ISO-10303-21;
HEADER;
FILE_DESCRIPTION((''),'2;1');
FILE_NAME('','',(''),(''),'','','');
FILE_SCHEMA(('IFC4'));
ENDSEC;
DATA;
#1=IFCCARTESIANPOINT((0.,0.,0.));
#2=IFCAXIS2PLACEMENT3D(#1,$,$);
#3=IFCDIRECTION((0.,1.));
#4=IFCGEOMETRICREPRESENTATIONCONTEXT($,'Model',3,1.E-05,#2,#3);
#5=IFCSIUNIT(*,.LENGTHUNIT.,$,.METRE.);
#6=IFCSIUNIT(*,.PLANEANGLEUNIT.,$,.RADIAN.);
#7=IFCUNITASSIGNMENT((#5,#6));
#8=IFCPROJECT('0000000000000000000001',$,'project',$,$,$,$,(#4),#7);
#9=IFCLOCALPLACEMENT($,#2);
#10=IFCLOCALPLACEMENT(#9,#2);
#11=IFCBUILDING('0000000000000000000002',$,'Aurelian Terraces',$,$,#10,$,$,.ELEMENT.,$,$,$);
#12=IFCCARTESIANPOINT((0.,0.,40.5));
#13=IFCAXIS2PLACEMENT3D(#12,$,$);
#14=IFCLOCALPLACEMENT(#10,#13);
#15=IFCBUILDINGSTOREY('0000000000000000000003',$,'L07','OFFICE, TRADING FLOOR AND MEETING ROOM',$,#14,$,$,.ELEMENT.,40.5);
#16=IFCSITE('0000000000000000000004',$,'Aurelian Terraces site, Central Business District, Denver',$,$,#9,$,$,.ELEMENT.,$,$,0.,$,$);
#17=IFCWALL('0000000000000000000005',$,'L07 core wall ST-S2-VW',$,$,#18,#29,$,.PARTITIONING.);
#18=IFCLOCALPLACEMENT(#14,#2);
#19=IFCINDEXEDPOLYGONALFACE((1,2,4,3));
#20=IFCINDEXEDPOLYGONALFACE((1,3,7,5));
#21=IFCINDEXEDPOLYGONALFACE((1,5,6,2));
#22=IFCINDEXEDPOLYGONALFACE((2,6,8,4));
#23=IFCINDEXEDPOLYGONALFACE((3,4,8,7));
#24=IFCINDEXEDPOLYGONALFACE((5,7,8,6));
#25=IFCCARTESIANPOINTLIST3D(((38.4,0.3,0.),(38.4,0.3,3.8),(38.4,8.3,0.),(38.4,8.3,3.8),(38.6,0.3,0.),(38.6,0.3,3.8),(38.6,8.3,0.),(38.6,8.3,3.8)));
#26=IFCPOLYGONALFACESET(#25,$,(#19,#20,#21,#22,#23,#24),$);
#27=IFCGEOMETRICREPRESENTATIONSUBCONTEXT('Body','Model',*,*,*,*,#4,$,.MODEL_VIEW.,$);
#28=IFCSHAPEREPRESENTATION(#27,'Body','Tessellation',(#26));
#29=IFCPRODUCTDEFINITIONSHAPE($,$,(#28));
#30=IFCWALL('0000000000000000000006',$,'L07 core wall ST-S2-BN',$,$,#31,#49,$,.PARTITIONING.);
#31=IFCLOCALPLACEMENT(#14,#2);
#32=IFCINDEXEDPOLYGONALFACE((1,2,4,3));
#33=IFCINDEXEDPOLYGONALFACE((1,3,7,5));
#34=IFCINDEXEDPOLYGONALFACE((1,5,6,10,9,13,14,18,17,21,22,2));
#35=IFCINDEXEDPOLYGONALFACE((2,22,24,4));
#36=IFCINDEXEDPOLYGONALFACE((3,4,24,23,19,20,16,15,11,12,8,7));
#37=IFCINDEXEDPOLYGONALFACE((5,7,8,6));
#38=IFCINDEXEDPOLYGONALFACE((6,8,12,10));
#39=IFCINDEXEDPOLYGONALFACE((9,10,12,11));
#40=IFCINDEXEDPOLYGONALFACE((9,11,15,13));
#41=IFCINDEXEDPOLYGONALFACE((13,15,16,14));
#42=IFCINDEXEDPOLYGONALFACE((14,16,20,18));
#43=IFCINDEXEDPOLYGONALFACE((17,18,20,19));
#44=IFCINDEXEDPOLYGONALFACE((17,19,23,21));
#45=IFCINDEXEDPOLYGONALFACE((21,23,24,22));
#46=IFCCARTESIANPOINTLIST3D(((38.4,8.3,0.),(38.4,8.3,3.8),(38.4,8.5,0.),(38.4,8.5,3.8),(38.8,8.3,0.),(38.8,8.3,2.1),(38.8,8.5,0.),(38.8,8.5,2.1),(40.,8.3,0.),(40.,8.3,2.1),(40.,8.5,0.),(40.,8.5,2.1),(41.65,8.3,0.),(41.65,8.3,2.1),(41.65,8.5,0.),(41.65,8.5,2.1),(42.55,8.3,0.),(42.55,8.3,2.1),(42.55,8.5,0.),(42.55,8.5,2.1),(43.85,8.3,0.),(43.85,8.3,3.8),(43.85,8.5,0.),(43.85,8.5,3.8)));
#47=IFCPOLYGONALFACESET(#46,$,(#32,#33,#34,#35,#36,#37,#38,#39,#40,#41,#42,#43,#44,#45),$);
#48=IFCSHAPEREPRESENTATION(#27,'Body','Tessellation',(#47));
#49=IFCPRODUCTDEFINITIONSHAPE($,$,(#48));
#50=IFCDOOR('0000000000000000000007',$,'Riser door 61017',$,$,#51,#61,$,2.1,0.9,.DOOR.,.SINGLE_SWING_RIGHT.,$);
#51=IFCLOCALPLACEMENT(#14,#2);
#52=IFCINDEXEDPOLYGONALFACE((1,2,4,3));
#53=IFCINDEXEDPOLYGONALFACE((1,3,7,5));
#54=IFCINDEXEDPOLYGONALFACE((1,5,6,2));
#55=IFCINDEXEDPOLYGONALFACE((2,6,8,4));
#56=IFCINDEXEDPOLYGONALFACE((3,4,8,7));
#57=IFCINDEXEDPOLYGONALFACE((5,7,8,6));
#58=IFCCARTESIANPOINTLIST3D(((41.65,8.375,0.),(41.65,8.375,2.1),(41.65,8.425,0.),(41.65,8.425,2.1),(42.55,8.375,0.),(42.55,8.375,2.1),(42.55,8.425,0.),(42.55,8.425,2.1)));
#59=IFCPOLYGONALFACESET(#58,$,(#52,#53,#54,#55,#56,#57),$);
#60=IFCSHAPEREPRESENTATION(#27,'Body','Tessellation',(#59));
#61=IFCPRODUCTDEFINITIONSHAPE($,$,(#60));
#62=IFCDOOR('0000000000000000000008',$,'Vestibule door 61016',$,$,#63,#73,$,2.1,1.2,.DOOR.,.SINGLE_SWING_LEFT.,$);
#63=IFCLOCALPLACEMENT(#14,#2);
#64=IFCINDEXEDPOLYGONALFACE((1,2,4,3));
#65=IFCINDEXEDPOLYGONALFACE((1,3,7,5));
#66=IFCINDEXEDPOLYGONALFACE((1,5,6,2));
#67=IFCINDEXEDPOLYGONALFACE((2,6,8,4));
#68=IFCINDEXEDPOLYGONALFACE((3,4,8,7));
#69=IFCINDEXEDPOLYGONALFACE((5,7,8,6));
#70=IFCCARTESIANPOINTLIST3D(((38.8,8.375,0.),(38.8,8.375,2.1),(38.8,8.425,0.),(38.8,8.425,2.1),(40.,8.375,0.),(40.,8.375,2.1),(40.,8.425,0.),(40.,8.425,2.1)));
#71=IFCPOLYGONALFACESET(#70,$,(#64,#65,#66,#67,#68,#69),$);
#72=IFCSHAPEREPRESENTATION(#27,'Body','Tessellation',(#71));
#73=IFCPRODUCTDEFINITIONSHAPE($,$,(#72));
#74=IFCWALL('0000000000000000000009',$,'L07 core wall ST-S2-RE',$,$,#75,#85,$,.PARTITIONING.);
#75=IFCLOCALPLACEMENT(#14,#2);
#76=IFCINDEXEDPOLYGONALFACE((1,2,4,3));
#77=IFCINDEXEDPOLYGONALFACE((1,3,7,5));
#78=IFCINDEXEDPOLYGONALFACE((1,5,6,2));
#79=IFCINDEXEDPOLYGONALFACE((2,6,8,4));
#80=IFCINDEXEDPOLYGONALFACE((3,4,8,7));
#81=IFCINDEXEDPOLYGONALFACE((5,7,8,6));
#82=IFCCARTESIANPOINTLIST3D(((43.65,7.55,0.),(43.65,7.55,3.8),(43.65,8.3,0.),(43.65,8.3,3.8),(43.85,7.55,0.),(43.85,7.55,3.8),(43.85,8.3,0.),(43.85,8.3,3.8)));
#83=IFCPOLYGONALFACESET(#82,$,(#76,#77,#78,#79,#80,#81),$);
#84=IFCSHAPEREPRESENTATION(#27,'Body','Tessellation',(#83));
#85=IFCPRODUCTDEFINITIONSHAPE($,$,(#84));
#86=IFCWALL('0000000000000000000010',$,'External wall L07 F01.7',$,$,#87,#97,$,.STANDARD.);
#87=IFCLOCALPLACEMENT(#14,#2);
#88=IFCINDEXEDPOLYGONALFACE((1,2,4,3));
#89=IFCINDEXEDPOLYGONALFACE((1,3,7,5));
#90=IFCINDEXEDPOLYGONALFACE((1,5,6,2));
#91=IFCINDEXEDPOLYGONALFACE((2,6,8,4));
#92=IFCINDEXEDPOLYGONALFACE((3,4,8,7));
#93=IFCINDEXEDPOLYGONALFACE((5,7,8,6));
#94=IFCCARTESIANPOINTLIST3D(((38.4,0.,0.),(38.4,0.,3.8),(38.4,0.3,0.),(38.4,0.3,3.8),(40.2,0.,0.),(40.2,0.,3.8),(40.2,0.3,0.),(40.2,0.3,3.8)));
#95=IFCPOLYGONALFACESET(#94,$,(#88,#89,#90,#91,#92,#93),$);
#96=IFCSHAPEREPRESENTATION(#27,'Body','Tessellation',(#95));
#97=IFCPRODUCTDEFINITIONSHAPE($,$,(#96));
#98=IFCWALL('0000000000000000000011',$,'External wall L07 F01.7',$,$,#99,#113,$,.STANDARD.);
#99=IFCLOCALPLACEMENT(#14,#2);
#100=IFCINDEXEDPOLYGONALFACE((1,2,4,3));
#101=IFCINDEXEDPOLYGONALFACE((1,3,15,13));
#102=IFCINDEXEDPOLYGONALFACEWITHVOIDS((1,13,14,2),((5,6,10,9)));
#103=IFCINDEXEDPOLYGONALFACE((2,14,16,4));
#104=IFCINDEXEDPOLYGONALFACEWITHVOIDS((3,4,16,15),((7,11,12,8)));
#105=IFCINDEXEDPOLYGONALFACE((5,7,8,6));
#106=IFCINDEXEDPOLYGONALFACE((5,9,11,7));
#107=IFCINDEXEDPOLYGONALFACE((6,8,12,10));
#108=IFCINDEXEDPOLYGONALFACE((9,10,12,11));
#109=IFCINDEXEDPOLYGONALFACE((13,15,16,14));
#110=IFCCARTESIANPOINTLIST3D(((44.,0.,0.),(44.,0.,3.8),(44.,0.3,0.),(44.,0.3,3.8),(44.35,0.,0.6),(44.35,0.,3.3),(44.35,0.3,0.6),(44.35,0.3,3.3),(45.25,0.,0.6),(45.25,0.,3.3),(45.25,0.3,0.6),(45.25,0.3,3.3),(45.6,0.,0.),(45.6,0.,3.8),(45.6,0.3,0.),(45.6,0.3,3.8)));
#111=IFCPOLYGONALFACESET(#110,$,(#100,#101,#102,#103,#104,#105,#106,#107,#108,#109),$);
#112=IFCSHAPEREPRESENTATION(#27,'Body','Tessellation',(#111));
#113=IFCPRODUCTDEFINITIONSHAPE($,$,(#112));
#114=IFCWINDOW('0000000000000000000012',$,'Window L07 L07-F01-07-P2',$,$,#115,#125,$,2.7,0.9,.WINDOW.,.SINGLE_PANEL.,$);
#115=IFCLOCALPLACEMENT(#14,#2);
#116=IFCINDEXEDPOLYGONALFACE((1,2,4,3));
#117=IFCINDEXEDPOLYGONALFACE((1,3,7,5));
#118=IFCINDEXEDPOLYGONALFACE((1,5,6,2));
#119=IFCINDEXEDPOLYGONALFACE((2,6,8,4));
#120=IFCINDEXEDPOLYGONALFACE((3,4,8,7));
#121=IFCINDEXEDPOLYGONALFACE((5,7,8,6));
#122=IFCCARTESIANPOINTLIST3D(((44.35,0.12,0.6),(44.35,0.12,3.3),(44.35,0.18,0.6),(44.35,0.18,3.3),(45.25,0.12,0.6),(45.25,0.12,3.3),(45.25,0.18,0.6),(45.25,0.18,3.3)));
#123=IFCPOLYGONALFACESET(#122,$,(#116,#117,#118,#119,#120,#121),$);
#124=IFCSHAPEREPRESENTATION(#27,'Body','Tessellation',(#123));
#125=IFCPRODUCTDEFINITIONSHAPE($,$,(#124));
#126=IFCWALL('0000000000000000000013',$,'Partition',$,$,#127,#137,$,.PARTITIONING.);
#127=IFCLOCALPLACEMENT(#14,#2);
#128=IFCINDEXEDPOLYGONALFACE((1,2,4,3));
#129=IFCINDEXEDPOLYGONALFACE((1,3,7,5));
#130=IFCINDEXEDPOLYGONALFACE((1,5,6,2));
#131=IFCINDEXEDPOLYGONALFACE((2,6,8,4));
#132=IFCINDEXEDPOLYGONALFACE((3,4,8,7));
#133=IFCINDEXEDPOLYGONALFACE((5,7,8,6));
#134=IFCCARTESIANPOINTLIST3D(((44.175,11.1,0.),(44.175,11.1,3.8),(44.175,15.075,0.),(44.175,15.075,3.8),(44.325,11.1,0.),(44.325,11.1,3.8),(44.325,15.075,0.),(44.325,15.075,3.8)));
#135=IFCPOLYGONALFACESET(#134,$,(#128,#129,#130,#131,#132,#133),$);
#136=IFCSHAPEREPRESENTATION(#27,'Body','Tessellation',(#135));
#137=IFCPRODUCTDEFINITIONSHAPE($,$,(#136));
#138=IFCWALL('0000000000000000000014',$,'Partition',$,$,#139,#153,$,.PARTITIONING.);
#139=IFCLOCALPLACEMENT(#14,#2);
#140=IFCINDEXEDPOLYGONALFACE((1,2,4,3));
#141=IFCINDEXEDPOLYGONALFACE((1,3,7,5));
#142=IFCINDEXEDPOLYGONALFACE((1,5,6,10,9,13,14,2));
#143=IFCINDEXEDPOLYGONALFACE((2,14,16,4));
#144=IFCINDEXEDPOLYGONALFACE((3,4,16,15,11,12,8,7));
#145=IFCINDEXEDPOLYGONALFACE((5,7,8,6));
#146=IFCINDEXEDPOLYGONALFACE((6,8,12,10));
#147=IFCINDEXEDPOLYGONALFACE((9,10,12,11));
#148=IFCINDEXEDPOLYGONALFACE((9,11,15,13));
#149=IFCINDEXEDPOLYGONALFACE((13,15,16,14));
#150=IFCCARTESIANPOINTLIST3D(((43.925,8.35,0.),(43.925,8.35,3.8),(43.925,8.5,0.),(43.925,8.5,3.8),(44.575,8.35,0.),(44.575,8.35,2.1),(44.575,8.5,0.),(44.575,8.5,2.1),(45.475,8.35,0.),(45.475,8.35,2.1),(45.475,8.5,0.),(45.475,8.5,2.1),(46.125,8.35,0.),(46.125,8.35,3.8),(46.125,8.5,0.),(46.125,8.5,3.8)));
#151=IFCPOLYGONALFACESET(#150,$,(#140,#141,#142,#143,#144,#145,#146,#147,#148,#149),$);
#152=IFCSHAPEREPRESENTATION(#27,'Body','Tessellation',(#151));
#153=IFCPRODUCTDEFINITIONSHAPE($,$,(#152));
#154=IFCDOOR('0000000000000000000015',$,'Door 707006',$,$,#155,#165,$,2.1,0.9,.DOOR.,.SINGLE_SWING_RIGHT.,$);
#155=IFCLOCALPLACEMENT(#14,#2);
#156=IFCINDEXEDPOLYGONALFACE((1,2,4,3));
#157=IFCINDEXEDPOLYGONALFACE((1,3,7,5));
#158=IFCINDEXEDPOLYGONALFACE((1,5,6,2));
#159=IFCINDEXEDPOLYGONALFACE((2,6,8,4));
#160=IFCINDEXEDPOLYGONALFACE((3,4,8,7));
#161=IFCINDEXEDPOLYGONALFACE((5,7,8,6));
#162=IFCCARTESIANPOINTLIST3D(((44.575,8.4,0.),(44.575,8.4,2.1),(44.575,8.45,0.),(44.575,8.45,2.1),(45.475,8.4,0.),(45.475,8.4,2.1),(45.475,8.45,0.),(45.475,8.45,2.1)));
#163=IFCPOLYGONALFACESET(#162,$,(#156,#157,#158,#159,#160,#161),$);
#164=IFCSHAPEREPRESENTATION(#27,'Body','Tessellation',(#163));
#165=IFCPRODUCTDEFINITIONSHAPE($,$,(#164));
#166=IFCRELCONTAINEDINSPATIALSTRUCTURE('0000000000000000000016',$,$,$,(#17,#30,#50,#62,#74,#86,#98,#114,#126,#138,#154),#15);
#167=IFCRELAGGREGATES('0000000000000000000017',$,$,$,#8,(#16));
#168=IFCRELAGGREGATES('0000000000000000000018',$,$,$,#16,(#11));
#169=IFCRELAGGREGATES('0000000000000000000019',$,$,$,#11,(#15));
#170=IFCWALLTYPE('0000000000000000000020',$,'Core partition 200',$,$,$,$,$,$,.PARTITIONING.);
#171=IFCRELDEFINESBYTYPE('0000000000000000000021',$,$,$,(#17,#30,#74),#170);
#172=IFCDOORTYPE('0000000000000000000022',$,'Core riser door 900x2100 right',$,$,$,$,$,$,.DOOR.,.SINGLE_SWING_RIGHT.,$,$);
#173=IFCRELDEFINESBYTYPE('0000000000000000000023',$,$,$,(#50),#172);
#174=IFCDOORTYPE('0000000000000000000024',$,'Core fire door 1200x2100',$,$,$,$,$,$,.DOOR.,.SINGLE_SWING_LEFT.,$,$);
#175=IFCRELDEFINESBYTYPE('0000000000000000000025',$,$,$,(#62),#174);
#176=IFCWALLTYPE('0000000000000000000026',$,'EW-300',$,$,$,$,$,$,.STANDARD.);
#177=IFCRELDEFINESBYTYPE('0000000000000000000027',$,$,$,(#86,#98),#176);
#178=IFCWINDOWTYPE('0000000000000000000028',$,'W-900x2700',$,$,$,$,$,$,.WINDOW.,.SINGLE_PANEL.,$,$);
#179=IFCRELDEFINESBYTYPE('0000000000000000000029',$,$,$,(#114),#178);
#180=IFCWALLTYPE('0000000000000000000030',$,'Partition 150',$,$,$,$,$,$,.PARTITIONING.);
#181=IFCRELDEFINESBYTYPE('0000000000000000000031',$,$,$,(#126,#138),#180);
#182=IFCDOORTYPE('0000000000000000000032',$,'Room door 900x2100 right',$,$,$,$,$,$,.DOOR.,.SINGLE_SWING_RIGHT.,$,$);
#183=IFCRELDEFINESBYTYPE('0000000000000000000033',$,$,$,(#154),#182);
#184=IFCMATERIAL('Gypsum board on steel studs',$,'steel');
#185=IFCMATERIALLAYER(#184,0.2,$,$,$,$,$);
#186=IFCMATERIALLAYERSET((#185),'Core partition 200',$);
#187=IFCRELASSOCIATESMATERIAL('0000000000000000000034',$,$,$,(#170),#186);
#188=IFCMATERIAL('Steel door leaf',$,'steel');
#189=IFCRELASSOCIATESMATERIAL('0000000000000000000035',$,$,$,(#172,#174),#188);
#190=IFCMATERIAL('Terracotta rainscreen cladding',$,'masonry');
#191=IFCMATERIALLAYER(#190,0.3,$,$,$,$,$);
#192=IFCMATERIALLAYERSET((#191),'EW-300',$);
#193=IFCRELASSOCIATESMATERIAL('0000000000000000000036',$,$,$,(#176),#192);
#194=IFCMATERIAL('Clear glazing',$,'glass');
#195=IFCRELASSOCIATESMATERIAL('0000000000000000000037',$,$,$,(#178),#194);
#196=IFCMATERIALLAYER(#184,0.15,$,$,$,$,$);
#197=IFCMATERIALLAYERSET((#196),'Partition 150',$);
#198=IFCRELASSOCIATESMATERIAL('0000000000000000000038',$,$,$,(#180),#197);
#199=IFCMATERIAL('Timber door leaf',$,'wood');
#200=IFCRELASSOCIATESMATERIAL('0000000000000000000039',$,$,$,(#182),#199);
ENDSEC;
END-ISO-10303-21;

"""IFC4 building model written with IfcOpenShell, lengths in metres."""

from ifc_helpers import new_model, si_unit, direction, frame, frame_2d, origin, place, context, subcontext, project, spatial, rectangle, extrude, source, transform, mapped, material, layer, layer_set, type_object, element, fill, save


model = new_model("IFC4")

# Units and contexts
model_context = context("Model", 3, precision=1e-05, world=origin(), true_north=direction((0.0, 1.0)))
body_context = subcontext(model_context, "Body", "Model", "MODEL_VIEW")
ifc_project = project(units=[si_unit("LENGTHUNIT", "METRE"), si_unit("PLANEANGLEUNIT", "RADIAN")], contexts=[model_context])

# Site, building, storey
site_placement = place(None, origin())
site = spatial("IfcSite", under=ifc_project, at=site_placement, Name="Aurelian Terraces site, Central Business District, Denver", CompositionType="ELEMENT", RefElevation=0.0)
building_placement = place(site_placement, origin())
building = spatial("IfcBuilding", under=site, at=building_placement, Name="Aurelian Terraces", CompositionType="ELEMENT")
storey_placement = place(building_placement, frame((0.0, 0.0, 40.5)))
storey = spatial("IfcBuildingStorey", under=building, at=storey_placement, Name="L07", Description="OFFICE, TRADING FLOOR AND MEETING ROOM", CompositionType="ELEMENT", Elevation=40.5)

# Wall
ifc_material_1 = material(Name="Gypsum board on steel studs", Category="steel")
ifc_layer_1 = layer(ifc_material_1, 0.2)
ifc_layer_set_1 = layer_set([ifc_layer_1], Name="Core partition 200")
wall_type_1 = type_object("IfcWallType", Name="Core partition 200", PredefinedType="PARTITIONING", material=ifc_layer_set_1)
wall_1_placement = place(storey_placement, frame((38.5, 0.3, 0.0), z_axis=(0.0, 0.0, 1.0), x_axis=(0.0, 1.0, 0.0)))
element("IfcWall", 1, at=wall_1_placement, inside=storey, type_object=wall_type_1, Name="L07 core wall ST-S2-VW", PredefinedType="PARTITIONING", context=body_context, shape_type="SweptSolid", body=[
    extrude(rectangle(XDim=8.0, YDim=0.2, at=frame_2d((4.0, 0.0))), origin(), (0.0, 0.0, 1.0), 3.8),
])

# Wall, openings, doors
wall_2_placement = place(storey_placement, frame((38.4, 8.4, 0.0), z_axis=(0.0, 0.0, 1.0), x_axis=(1.0, 0.0, 0.0)))
wall_2 = element("IfcWall", 2, at=wall_2_placement, inside=storey, type_object=wall_type_1, Name="L07 core wall ST-S2-BN", PredefinedType="PARTITIONING", context=body_context, shape_type="SweptSolid", body=[
    extrude(rectangle(XDim=5.45, YDim=0.2, at=frame_2d((2.725, 0.0))), origin(), (0.0, 0.0, 1.0), 3.8),
])
shared_shape_1 = source(origin(), body_context, "Body", "SweptSolid", [
    extrude(rectangle(XDim=1.2, YDim=2.1, at=frame_2d((0.6, 1.05))), frame((0.0, 0.11, 0.0), z_axis=(0.0, -1.0, 0.0), x_axis=(1.0, 0.0, 0.0)), (0.0, 0.0, 1.0), 0.22),
])
opening_1_placement = place(wall_2_placement, frame((0.4, 0.0, 0.0)))
opening_1 = element("IfcOpeningElement", 3, at=opening_1_placement, cuts=wall_2, PredefinedType="OPENING", context=body_context, shape_type="MappedRepresentation", body=[
    mapped(shared_shape_1, transform((0.0, 0.0, 0.0), scale=1.0)),
])
shared_shape_2 = source(origin(), body_context, "Body", "SweptSolid", [
    extrude(rectangle(XDim=0.9, YDim=2.1, at=frame_2d((0.45, 1.05))), frame((0.0, 0.11, 0.0), z_axis=(0.0, -1.0, 0.0), x_axis=(1.0, 0.0, 0.0)), (0.0, 0.0, 1.0), 0.22),
])
opening_2_placement = place(wall_2_placement, frame((3.25, 0.0, 0.0)))
opening_2 = element("IfcOpeningElement", 4, at=opening_2_placement, cuts=wall_2, PredefinedType="OPENING", context=body_context, shape_type="MappedRepresentation", body=[
    mapped(shared_shape_2, transform((0.0, 0.0, 0.0), scale=1.0)),
])
ifc_material_2 = material(Name="Steel door leaf", Category="steel")
door_type_1 = type_object("IfcDoorType", Name="Core riser door 900x2100 right", OperationType="SINGLE_SWING_RIGHT", PredefinedType="DOOR", material=ifc_material_2)
shared_shape_3 = source(origin(), body_context, "Body", "SweptSolid", [
    extrude(rectangle(XDim=0.9, YDim=2.1, at=frame_2d((0.45, 1.05))), frame((0.0, 0.025, 0.0), z_axis=(0.0, -1.0, 0.0), x_axis=(1.0, 0.0, 0.0)), (0.0, 0.0, 1.0), 0.05),
])
door_1_placement = place(opening_2_placement, origin())
door_1 = element("IfcDoor", 5, at=door_1_placement, inside=storey, type_object=door_type_1, Name="Riser door 61017", OperationType="SINGLE_SWING_RIGHT", OverallHeight=2.1, OverallWidth=0.9, PredefinedType="DOOR", context=body_context, shape_type="MappedRepresentation", body=[
    mapped(shared_shape_3, transform((0.0, 0.0, 0.0), scale=1.0)),
])
fill(opening_2, door_1)
door_type_2 = type_object("IfcDoorType", Name="Core fire door 1200x2100", OperationType="SINGLE_SWING_LEFT", PredefinedType="DOOR", material=ifc_material_2)
shared_shape_4 = source(origin(), body_context, "Body", "SweptSolid", [
    extrude(rectangle(XDim=1.2, YDim=2.1, at=frame_2d((0.6, 1.05))), frame((0.0, 0.025, 0.0), z_axis=(0.0, -1.0, 0.0), x_axis=(1.0, 0.0, 0.0)), (0.0, 0.0, 1.0), 0.05),
])
door_2_placement = place(opening_1_placement, origin())
door_2 = element("IfcDoor", 6, at=door_2_placement, inside=storey, type_object=door_type_2, Name="Vestibule door 61016", OperationType="SINGLE_SWING_LEFT", OverallHeight=2.1, OverallWidth=1.2, PredefinedType="DOOR", context=body_context, shape_type="MappedRepresentation", body=[
    mapped(shared_shape_4, transform((0.0, 0.0, 0.0), scale=1.0)),
])
fill(opening_1, door_2)

# Walls
wall_3_placement = place(storey_placement, frame((43.75, 7.55, 0.0), z_axis=(0.0, 0.0, 1.0), x_axis=(0.0, 1.0, 0.0)))
element("IfcWall", 7, at=wall_3_placement, inside=storey, type_object=wall_type_1, Name="L07 core wall ST-S2-RE", PredefinedType="PARTITIONING", context=body_context, shape_type="SweptSolid", body=[
    extrude(rectangle(XDim=0.75, YDim=0.2, at=frame_2d((0.375, 0.0))), origin(), (0.0, 0.0, 1.0), 3.8),
])
ifc_material_3 = material(Name="Terracotta rainscreen cladding", Category="masonry")
ifc_layer_2 = layer(ifc_material_3, 0.3)
ifc_layer_set_2 = layer_set([ifc_layer_2], Name="EW-300")
wall_type_2 = type_object("IfcWallType", Name="EW-300", PredefinedType="STANDARD", material=ifc_layer_set_2)
wall_4_placement = place(storey_placement, frame((38.4, 0.15, 0.0), z_axis=(0.0, 0.0, 1.0), x_axis=(1.0, 0.0, 0.0)))
element("IfcWall", 8, at=wall_4_placement, inside=storey, type_object=wall_type_2, Name="External wall L07 F01.7", PredefinedType="STANDARD", context=body_context, shape_type="SweptSolid", body=[
    extrude(rectangle(XDim=1.8, YDim=0.3, at=frame_2d((0.9, 0.0))), origin(), (0.0, 0.0, 1.0), 3.8),
])

# Wall, opening, window
wall_5_placement = place(storey_placement, frame((44.0, 0.15, 0.0), z_axis=(0.0, 0.0, 1.0), x_axis=(1.0, 0.0, 0.0)))
wall_5 = element("IfcWall", 9, at=wall_5_placement, inside=storey, type_object=wall_type_2, Name="External wall L07 F01.7", PredefinedType="STANDARD", context=body_context, shape_type="SweptSolid", body=[
    extrude(rectangle(XDim=1.6, YDim=0.3, at=frame_2d((0.8, 0.0))), origin(), (0.0, 0.0, 1.0), 3.8),
])
opening_3_placement = place(wall_5_placement, frame((0.35, 0.0, 0.6)))
opening_3 = element("IfcOpeningElement", 10, at=opening_3_placement, cuts=wall_5, PredefinedType="OPENING", context=body_context, shape_type="SweptSolid", body=[
    extrude(rectangle(XDim=0.9, YDim=2.7, at=frame_2d((0.45, 1.35))), frame((0.0, 0.16, 0.0), z_axis=(0.0, -1.0, 0.0), x_axis=(1.0, 0.0, 0.0)), (0.0, 0.0, 1.0), 0.32),
])
ifc_material_4 = material(Name="Clear glazing", Category="glass")
window_type = type_object("IfcWindowType", Name="W-900x2700", PartitioningType="SINGLE_PANEL", PredefinedType="WINDOW", material=ifc_material_4)
window_placement = place(opening_3_placement, origin())
window = element("IfcWindow", 11, at=window_placement, inside=storey, type_object=window_type, Name="Window L07 L07-F01-07-P2", OverallHeight=2.7, OverallWidth=0.9, PartitioningType="SINGLE_PANEL", PredefinedType="WINDOW", context=body_context, shape_type="SweptSolid", body=[
    extrude(rectangle(XDim=0.9, YDim=2.7, at=frame_2d((0.45, 1.35))), frame((0.0, 0.03, 0.0), z_axis=(0.0, -1.0, 0.0), x_axis=(1.0, 0.0, 0.0)), (0.0, 0.0, 1.0), 0.06),
])
fill(opening_3, window)

# Wall
ifc_layer_3 = layer(ifc_material_1, 0.15)
ifc_layer_set_3 = layer_set([ifc_layer_3], Name="Partition 150")
wall_type_3 = type_object("IfcWallType", Name="Partition 150", PredefinedType="PARTITIONING", material=ifc_layer_set_3)
wall_6_placement = place(storey_placement, frame((44.25, 11.1, 0.0), z_axis=(0.0, 0.0, 1.0), x_axis=(0.0, 1.0, 0.0)))
element("IfcWall", 12, at=wall_6_placement, inside=storey, type_object=wall_type_3, Name="Partition", PredefinedType="PARTITIONING", context=body_context, shape_type="SweptSolid", body=[
    extrude(rectangle(XDim=3.975, YDim=0.15, at=frame_2d((1.9875, 0.0))), origin(), (0.0, 0.0, 1.0), 3.8),
])

# Wall, opening, door
wall_7_placement = place(storey_placement, frame((46.125, 8.425, 0.0), z_axis=(0.0, 0.0, 1.0), x_axis=(-1.0, 0.0, 0.0)))
wall_7 = element("IfcWall", 13, at=wall_7_placement, inside=storey, type_object=wall_type_3, Name="Partition", PredefinedType="PARTITIONING", context=body_context, shape_type="SweptSolid", body=[
    extrude(rectangle(XDim=2.2, YDim=0.15, at=frame_2d((1.1, 0.0))), origin(), (0.0, 0.0, 1.0), 3.8),
])
shared_shape_5 = source(origin(), body_context, "Body", "SweptSolid", [
    extrude(rectangle(XDim=0.9, YDim=2.1, at=frame_2d((0.45, 1.05))), frame((0.0, 0.085, 0.0), z_axis=(0.0, -1.0, 0.0), x_axis=(1.0, 0.0, 0.0)), (0.0, 0.0, 1.0), 0.17),
])
opening_4_placement = place(wall_7_placement, frame((0.65, 0.0, 0.0)))
opening_4 = element("IfcOpeningElement", 14, at=opening_4_placement, cuts=wall_7, PredefinedType="OPENING", context=body_context, shape_type="MappedRepresentation", body=[
    mapped(shared_shape_5, transform((0.0, 0.0, 0.0), scale=1.0)),
])
ifc_material_5 = material(Name="Timber door leaf", Category="wood")
door_type_3 = type_object("IfcDoorType", Name="Room door 900x2100 right", OperationType="SINGLE_SWING_RIGHT", PredefinedType="DOOR", material=ifc_material_5)
door_3_placement = place(opening_4_placement, origin())
door_3 = element("IfcDoor", 15, at=door_3_placement, inside=storey, type_object=door_type_3, Name="Door 707006", OperationType="SINGLE_SWING_RIGHT", OverallHeight=2.1, OverallWidth=0.9, PredefinedType="DOOR", context=body_context, shape_type="MappedRepresentation", body=[
    mapped(shared_shape_3, transform((0.0, 0.0, 0.0), scale=1.0)),
])
fill(opening_4, door_3)

save(model, "model.ifc")
